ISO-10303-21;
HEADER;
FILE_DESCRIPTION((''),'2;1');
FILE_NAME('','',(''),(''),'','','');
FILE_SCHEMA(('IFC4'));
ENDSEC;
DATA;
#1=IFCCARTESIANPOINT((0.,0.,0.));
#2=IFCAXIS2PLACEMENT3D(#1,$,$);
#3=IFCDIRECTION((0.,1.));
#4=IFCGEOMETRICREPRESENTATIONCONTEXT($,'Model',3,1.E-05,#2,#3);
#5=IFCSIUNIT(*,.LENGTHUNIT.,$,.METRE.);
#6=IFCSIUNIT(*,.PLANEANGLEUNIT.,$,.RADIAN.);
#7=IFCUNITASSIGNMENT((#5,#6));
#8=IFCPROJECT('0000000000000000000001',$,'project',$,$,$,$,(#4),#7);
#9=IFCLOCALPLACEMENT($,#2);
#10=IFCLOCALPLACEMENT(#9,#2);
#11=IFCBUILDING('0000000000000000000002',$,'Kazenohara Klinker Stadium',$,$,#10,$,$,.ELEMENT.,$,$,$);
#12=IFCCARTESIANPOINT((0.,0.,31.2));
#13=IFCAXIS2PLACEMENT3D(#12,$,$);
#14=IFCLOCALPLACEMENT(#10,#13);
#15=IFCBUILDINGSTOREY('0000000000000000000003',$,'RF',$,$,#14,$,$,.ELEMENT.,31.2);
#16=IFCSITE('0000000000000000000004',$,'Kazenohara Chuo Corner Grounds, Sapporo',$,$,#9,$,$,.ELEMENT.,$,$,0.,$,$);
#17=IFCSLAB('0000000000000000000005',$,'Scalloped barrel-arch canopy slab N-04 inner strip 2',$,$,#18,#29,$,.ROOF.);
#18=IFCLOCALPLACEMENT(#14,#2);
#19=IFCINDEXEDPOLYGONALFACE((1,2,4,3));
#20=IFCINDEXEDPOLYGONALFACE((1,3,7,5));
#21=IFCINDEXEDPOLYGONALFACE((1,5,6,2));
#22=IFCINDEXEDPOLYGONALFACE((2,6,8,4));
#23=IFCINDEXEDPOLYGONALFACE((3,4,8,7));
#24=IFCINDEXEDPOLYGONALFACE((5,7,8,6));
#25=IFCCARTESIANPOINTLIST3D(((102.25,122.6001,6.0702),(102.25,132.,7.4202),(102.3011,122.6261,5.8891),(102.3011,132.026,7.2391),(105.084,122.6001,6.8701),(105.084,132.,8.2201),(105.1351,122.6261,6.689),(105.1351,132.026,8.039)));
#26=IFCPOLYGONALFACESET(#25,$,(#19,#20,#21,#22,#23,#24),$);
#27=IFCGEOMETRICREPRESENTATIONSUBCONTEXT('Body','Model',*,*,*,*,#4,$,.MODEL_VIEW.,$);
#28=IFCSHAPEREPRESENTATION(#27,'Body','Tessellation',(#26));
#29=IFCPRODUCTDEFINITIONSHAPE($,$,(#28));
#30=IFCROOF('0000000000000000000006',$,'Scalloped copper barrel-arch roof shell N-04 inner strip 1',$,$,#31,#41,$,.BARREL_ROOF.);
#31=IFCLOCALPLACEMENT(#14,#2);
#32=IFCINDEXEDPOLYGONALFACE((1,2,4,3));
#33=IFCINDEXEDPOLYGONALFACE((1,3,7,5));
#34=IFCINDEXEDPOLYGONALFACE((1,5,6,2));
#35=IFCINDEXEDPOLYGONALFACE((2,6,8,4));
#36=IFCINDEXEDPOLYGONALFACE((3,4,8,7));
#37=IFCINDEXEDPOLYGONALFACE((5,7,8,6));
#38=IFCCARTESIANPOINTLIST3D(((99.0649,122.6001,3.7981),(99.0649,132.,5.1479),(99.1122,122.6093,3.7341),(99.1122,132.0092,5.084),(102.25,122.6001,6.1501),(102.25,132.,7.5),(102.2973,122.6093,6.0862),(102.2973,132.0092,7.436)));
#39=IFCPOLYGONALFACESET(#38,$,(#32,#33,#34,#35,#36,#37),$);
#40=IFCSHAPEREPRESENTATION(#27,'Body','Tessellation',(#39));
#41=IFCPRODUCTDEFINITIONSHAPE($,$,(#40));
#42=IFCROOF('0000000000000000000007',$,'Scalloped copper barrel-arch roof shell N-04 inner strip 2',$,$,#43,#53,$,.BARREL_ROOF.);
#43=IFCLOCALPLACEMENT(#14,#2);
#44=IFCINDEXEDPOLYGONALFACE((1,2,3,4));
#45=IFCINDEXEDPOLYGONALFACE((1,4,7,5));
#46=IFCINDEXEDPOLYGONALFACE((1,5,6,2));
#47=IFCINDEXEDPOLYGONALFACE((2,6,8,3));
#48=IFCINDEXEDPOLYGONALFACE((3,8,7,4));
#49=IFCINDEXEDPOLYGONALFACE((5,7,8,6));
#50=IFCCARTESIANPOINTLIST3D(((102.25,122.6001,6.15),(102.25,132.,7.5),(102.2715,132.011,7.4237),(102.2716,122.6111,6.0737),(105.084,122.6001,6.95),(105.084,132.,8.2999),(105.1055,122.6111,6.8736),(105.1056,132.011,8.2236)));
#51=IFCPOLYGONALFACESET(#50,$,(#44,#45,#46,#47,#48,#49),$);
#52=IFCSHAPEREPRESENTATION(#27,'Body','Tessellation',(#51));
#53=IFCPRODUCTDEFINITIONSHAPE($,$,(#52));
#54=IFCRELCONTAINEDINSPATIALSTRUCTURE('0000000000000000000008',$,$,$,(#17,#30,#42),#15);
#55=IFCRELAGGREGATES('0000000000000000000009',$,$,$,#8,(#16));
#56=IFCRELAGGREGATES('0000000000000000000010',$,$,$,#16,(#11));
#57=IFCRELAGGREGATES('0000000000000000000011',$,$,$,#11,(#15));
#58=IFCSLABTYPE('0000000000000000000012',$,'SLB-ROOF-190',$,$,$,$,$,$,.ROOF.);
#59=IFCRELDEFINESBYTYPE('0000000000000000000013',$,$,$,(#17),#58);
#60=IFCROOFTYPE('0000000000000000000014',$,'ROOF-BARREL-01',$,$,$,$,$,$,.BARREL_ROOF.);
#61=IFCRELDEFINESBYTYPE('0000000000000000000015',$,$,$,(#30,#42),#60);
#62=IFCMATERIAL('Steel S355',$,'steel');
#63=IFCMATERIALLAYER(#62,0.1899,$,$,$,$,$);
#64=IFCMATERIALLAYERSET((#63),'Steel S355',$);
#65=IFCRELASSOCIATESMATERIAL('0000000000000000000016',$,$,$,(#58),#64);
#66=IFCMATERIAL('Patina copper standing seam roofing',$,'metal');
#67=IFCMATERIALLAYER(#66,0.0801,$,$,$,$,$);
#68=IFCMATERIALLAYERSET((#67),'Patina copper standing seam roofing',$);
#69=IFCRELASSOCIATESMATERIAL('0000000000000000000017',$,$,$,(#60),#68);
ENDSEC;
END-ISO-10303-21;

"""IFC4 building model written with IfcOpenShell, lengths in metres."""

from ifc_helpers import new_model, si_unit, direction, frame, origin, place, context, subcontext, project, spatial, polyline, outline, extrude, material, layer, layer_set, type_object, element, save


model = new_model("IFC4")

# Units and contexts
model_context = context("Model", 3, precision=1e-05, world=origin(), true_north=direction((0.0, 1.0)))
body_context = subcontext(model_context, "Body", "Model", "MODEL_VIEW")
ifc_project = project(units=[si_unit("LENGTHUNIT", "METRE"), si_unit("PLANEANGLEUNIT", "RADIAN")], contexts=[model_context])

# Site, building, storey
site_placement = place(None, origin())
site = spatial("IfcSite", under=ifc_project, at=site_placement, Name="Kazenohara Chuo Corner Grounds, Sapporo", CompositionType="ELEMENT", RefElevation=0.0)
building_placement = place(site_placement, origin())
building = spatial("IfcBuilding", under=site, at=building_placement, Name="Kazenohara Klinker Stadium", CompositionType="ELEMENT")
storey_placement = place(building_placement, frame((0.0, 0.0, 31.2)))
storey = spatial("IfcBuildingStorey", under=building, at=storey_placement, Name="RF", CompositionType="ELEMENT", Elevation=31.2)

# Shared definitions
ifc_material_1 = material(Name="Steel S355", Category="steel")

# Slab
ifc_layer_1 = layer(ifc_material_1, 0.1899)
ifc_layer_set_1 = layer_set([ifc_layer_1], Name="Steel S355")
slab_type = type_object("IfcSlabType", Name="SLB-ROOF-190", PredefinedType="ROOF", material=ifc_layer_set_1)
slab_1_placement = place(storey_placement, frame((102.25, 132.0, 7.4202), z_axis=(-0.26909, -0.136914, 0.953334), x_axis=(-0.000003, -0.989844, -0.142158)))
element("IfcSlab", 1, at=slab_1_placement, inside=storey, type_object=slab_type, Name="Scalloped barrel-arch canopy slab N-04 inner strip 2", PredefinedType="ROOF", context=body_context, shape_type="SweptSolid", body=[
    extrude(outline(polyline([(0.0, 0.0), (9.4964, 0.0), (9.3826, 2.9426), (-0.1137, 2.9425), (0.0, 0.0)])), origin(), (0.0, 0.0, -1.0), 0.1899),
])

# Roofs
ifc_material_2 = material(Name="Patina copper standing seam roofing", Category="metal")
ifc_layer_2 = layer(ifc_material_2, 0.0801)
ifc_layer_set_2 = layer_set([ifc_layer_2], Name="Patina copper standing seam roofing")
roof_type = type_object("IfcRoofType", Name="ROOF-BARREL-01", PredefinedType="BARREL_ROOF", material=ifc_layer_set_2)
roof_1_placement = place(storey_placement, frame((99.0649, 132.0, 5.1479), z_axis=(-0.59012, -0.114756, 0.799118), x_axis=(0.0, -0.989846, -0.142145)))
element("IfcRoof", 2, at=roof_1_placement, inside=storey, type_object=roof_type, Name="Scalloped copper barrel-arch roof shell N-04 inner strip 1", PredefinedType="BARREL_ROOF", context=body_context, shape_type="SweptSolid", body=[
    extrude(outline(polyline([(0.0, 0.0), (9.4963, 0.0), (9.162, 3.9452), (-0.3343, 3.9452), (0.0, 0.0)])), origin(), (0.0, 0.0, -1.0), 0.0801),
])
roof_2_placement = place(storey_placement, frame((102.25, 132.0, 7.5), z_axis=(-0.26909, -0.136914, 0.953334), x_axis=(0.000003, -0.989844, -0.142156)))
element("IfcRoof", 3, at=roof_2_placement, inside=storey, type_object=roof_type, Name="Scalloped copper barrel-arch roof shell N-04 inner strip 2", PredefinedType="BARREL_ROOF", context=body_context, shape_type="SweptSolid", body=[
    extrude(outline(polyline([(0.0, 0.0), (9.4963, 0.0), (9.3826, 2.9425), (-0.1137, 2.9426), (0.0, 0.0)])), origin(), (0.0, 0.0, -1.0), 0.0801),
])

save(model, "model.ifc")
